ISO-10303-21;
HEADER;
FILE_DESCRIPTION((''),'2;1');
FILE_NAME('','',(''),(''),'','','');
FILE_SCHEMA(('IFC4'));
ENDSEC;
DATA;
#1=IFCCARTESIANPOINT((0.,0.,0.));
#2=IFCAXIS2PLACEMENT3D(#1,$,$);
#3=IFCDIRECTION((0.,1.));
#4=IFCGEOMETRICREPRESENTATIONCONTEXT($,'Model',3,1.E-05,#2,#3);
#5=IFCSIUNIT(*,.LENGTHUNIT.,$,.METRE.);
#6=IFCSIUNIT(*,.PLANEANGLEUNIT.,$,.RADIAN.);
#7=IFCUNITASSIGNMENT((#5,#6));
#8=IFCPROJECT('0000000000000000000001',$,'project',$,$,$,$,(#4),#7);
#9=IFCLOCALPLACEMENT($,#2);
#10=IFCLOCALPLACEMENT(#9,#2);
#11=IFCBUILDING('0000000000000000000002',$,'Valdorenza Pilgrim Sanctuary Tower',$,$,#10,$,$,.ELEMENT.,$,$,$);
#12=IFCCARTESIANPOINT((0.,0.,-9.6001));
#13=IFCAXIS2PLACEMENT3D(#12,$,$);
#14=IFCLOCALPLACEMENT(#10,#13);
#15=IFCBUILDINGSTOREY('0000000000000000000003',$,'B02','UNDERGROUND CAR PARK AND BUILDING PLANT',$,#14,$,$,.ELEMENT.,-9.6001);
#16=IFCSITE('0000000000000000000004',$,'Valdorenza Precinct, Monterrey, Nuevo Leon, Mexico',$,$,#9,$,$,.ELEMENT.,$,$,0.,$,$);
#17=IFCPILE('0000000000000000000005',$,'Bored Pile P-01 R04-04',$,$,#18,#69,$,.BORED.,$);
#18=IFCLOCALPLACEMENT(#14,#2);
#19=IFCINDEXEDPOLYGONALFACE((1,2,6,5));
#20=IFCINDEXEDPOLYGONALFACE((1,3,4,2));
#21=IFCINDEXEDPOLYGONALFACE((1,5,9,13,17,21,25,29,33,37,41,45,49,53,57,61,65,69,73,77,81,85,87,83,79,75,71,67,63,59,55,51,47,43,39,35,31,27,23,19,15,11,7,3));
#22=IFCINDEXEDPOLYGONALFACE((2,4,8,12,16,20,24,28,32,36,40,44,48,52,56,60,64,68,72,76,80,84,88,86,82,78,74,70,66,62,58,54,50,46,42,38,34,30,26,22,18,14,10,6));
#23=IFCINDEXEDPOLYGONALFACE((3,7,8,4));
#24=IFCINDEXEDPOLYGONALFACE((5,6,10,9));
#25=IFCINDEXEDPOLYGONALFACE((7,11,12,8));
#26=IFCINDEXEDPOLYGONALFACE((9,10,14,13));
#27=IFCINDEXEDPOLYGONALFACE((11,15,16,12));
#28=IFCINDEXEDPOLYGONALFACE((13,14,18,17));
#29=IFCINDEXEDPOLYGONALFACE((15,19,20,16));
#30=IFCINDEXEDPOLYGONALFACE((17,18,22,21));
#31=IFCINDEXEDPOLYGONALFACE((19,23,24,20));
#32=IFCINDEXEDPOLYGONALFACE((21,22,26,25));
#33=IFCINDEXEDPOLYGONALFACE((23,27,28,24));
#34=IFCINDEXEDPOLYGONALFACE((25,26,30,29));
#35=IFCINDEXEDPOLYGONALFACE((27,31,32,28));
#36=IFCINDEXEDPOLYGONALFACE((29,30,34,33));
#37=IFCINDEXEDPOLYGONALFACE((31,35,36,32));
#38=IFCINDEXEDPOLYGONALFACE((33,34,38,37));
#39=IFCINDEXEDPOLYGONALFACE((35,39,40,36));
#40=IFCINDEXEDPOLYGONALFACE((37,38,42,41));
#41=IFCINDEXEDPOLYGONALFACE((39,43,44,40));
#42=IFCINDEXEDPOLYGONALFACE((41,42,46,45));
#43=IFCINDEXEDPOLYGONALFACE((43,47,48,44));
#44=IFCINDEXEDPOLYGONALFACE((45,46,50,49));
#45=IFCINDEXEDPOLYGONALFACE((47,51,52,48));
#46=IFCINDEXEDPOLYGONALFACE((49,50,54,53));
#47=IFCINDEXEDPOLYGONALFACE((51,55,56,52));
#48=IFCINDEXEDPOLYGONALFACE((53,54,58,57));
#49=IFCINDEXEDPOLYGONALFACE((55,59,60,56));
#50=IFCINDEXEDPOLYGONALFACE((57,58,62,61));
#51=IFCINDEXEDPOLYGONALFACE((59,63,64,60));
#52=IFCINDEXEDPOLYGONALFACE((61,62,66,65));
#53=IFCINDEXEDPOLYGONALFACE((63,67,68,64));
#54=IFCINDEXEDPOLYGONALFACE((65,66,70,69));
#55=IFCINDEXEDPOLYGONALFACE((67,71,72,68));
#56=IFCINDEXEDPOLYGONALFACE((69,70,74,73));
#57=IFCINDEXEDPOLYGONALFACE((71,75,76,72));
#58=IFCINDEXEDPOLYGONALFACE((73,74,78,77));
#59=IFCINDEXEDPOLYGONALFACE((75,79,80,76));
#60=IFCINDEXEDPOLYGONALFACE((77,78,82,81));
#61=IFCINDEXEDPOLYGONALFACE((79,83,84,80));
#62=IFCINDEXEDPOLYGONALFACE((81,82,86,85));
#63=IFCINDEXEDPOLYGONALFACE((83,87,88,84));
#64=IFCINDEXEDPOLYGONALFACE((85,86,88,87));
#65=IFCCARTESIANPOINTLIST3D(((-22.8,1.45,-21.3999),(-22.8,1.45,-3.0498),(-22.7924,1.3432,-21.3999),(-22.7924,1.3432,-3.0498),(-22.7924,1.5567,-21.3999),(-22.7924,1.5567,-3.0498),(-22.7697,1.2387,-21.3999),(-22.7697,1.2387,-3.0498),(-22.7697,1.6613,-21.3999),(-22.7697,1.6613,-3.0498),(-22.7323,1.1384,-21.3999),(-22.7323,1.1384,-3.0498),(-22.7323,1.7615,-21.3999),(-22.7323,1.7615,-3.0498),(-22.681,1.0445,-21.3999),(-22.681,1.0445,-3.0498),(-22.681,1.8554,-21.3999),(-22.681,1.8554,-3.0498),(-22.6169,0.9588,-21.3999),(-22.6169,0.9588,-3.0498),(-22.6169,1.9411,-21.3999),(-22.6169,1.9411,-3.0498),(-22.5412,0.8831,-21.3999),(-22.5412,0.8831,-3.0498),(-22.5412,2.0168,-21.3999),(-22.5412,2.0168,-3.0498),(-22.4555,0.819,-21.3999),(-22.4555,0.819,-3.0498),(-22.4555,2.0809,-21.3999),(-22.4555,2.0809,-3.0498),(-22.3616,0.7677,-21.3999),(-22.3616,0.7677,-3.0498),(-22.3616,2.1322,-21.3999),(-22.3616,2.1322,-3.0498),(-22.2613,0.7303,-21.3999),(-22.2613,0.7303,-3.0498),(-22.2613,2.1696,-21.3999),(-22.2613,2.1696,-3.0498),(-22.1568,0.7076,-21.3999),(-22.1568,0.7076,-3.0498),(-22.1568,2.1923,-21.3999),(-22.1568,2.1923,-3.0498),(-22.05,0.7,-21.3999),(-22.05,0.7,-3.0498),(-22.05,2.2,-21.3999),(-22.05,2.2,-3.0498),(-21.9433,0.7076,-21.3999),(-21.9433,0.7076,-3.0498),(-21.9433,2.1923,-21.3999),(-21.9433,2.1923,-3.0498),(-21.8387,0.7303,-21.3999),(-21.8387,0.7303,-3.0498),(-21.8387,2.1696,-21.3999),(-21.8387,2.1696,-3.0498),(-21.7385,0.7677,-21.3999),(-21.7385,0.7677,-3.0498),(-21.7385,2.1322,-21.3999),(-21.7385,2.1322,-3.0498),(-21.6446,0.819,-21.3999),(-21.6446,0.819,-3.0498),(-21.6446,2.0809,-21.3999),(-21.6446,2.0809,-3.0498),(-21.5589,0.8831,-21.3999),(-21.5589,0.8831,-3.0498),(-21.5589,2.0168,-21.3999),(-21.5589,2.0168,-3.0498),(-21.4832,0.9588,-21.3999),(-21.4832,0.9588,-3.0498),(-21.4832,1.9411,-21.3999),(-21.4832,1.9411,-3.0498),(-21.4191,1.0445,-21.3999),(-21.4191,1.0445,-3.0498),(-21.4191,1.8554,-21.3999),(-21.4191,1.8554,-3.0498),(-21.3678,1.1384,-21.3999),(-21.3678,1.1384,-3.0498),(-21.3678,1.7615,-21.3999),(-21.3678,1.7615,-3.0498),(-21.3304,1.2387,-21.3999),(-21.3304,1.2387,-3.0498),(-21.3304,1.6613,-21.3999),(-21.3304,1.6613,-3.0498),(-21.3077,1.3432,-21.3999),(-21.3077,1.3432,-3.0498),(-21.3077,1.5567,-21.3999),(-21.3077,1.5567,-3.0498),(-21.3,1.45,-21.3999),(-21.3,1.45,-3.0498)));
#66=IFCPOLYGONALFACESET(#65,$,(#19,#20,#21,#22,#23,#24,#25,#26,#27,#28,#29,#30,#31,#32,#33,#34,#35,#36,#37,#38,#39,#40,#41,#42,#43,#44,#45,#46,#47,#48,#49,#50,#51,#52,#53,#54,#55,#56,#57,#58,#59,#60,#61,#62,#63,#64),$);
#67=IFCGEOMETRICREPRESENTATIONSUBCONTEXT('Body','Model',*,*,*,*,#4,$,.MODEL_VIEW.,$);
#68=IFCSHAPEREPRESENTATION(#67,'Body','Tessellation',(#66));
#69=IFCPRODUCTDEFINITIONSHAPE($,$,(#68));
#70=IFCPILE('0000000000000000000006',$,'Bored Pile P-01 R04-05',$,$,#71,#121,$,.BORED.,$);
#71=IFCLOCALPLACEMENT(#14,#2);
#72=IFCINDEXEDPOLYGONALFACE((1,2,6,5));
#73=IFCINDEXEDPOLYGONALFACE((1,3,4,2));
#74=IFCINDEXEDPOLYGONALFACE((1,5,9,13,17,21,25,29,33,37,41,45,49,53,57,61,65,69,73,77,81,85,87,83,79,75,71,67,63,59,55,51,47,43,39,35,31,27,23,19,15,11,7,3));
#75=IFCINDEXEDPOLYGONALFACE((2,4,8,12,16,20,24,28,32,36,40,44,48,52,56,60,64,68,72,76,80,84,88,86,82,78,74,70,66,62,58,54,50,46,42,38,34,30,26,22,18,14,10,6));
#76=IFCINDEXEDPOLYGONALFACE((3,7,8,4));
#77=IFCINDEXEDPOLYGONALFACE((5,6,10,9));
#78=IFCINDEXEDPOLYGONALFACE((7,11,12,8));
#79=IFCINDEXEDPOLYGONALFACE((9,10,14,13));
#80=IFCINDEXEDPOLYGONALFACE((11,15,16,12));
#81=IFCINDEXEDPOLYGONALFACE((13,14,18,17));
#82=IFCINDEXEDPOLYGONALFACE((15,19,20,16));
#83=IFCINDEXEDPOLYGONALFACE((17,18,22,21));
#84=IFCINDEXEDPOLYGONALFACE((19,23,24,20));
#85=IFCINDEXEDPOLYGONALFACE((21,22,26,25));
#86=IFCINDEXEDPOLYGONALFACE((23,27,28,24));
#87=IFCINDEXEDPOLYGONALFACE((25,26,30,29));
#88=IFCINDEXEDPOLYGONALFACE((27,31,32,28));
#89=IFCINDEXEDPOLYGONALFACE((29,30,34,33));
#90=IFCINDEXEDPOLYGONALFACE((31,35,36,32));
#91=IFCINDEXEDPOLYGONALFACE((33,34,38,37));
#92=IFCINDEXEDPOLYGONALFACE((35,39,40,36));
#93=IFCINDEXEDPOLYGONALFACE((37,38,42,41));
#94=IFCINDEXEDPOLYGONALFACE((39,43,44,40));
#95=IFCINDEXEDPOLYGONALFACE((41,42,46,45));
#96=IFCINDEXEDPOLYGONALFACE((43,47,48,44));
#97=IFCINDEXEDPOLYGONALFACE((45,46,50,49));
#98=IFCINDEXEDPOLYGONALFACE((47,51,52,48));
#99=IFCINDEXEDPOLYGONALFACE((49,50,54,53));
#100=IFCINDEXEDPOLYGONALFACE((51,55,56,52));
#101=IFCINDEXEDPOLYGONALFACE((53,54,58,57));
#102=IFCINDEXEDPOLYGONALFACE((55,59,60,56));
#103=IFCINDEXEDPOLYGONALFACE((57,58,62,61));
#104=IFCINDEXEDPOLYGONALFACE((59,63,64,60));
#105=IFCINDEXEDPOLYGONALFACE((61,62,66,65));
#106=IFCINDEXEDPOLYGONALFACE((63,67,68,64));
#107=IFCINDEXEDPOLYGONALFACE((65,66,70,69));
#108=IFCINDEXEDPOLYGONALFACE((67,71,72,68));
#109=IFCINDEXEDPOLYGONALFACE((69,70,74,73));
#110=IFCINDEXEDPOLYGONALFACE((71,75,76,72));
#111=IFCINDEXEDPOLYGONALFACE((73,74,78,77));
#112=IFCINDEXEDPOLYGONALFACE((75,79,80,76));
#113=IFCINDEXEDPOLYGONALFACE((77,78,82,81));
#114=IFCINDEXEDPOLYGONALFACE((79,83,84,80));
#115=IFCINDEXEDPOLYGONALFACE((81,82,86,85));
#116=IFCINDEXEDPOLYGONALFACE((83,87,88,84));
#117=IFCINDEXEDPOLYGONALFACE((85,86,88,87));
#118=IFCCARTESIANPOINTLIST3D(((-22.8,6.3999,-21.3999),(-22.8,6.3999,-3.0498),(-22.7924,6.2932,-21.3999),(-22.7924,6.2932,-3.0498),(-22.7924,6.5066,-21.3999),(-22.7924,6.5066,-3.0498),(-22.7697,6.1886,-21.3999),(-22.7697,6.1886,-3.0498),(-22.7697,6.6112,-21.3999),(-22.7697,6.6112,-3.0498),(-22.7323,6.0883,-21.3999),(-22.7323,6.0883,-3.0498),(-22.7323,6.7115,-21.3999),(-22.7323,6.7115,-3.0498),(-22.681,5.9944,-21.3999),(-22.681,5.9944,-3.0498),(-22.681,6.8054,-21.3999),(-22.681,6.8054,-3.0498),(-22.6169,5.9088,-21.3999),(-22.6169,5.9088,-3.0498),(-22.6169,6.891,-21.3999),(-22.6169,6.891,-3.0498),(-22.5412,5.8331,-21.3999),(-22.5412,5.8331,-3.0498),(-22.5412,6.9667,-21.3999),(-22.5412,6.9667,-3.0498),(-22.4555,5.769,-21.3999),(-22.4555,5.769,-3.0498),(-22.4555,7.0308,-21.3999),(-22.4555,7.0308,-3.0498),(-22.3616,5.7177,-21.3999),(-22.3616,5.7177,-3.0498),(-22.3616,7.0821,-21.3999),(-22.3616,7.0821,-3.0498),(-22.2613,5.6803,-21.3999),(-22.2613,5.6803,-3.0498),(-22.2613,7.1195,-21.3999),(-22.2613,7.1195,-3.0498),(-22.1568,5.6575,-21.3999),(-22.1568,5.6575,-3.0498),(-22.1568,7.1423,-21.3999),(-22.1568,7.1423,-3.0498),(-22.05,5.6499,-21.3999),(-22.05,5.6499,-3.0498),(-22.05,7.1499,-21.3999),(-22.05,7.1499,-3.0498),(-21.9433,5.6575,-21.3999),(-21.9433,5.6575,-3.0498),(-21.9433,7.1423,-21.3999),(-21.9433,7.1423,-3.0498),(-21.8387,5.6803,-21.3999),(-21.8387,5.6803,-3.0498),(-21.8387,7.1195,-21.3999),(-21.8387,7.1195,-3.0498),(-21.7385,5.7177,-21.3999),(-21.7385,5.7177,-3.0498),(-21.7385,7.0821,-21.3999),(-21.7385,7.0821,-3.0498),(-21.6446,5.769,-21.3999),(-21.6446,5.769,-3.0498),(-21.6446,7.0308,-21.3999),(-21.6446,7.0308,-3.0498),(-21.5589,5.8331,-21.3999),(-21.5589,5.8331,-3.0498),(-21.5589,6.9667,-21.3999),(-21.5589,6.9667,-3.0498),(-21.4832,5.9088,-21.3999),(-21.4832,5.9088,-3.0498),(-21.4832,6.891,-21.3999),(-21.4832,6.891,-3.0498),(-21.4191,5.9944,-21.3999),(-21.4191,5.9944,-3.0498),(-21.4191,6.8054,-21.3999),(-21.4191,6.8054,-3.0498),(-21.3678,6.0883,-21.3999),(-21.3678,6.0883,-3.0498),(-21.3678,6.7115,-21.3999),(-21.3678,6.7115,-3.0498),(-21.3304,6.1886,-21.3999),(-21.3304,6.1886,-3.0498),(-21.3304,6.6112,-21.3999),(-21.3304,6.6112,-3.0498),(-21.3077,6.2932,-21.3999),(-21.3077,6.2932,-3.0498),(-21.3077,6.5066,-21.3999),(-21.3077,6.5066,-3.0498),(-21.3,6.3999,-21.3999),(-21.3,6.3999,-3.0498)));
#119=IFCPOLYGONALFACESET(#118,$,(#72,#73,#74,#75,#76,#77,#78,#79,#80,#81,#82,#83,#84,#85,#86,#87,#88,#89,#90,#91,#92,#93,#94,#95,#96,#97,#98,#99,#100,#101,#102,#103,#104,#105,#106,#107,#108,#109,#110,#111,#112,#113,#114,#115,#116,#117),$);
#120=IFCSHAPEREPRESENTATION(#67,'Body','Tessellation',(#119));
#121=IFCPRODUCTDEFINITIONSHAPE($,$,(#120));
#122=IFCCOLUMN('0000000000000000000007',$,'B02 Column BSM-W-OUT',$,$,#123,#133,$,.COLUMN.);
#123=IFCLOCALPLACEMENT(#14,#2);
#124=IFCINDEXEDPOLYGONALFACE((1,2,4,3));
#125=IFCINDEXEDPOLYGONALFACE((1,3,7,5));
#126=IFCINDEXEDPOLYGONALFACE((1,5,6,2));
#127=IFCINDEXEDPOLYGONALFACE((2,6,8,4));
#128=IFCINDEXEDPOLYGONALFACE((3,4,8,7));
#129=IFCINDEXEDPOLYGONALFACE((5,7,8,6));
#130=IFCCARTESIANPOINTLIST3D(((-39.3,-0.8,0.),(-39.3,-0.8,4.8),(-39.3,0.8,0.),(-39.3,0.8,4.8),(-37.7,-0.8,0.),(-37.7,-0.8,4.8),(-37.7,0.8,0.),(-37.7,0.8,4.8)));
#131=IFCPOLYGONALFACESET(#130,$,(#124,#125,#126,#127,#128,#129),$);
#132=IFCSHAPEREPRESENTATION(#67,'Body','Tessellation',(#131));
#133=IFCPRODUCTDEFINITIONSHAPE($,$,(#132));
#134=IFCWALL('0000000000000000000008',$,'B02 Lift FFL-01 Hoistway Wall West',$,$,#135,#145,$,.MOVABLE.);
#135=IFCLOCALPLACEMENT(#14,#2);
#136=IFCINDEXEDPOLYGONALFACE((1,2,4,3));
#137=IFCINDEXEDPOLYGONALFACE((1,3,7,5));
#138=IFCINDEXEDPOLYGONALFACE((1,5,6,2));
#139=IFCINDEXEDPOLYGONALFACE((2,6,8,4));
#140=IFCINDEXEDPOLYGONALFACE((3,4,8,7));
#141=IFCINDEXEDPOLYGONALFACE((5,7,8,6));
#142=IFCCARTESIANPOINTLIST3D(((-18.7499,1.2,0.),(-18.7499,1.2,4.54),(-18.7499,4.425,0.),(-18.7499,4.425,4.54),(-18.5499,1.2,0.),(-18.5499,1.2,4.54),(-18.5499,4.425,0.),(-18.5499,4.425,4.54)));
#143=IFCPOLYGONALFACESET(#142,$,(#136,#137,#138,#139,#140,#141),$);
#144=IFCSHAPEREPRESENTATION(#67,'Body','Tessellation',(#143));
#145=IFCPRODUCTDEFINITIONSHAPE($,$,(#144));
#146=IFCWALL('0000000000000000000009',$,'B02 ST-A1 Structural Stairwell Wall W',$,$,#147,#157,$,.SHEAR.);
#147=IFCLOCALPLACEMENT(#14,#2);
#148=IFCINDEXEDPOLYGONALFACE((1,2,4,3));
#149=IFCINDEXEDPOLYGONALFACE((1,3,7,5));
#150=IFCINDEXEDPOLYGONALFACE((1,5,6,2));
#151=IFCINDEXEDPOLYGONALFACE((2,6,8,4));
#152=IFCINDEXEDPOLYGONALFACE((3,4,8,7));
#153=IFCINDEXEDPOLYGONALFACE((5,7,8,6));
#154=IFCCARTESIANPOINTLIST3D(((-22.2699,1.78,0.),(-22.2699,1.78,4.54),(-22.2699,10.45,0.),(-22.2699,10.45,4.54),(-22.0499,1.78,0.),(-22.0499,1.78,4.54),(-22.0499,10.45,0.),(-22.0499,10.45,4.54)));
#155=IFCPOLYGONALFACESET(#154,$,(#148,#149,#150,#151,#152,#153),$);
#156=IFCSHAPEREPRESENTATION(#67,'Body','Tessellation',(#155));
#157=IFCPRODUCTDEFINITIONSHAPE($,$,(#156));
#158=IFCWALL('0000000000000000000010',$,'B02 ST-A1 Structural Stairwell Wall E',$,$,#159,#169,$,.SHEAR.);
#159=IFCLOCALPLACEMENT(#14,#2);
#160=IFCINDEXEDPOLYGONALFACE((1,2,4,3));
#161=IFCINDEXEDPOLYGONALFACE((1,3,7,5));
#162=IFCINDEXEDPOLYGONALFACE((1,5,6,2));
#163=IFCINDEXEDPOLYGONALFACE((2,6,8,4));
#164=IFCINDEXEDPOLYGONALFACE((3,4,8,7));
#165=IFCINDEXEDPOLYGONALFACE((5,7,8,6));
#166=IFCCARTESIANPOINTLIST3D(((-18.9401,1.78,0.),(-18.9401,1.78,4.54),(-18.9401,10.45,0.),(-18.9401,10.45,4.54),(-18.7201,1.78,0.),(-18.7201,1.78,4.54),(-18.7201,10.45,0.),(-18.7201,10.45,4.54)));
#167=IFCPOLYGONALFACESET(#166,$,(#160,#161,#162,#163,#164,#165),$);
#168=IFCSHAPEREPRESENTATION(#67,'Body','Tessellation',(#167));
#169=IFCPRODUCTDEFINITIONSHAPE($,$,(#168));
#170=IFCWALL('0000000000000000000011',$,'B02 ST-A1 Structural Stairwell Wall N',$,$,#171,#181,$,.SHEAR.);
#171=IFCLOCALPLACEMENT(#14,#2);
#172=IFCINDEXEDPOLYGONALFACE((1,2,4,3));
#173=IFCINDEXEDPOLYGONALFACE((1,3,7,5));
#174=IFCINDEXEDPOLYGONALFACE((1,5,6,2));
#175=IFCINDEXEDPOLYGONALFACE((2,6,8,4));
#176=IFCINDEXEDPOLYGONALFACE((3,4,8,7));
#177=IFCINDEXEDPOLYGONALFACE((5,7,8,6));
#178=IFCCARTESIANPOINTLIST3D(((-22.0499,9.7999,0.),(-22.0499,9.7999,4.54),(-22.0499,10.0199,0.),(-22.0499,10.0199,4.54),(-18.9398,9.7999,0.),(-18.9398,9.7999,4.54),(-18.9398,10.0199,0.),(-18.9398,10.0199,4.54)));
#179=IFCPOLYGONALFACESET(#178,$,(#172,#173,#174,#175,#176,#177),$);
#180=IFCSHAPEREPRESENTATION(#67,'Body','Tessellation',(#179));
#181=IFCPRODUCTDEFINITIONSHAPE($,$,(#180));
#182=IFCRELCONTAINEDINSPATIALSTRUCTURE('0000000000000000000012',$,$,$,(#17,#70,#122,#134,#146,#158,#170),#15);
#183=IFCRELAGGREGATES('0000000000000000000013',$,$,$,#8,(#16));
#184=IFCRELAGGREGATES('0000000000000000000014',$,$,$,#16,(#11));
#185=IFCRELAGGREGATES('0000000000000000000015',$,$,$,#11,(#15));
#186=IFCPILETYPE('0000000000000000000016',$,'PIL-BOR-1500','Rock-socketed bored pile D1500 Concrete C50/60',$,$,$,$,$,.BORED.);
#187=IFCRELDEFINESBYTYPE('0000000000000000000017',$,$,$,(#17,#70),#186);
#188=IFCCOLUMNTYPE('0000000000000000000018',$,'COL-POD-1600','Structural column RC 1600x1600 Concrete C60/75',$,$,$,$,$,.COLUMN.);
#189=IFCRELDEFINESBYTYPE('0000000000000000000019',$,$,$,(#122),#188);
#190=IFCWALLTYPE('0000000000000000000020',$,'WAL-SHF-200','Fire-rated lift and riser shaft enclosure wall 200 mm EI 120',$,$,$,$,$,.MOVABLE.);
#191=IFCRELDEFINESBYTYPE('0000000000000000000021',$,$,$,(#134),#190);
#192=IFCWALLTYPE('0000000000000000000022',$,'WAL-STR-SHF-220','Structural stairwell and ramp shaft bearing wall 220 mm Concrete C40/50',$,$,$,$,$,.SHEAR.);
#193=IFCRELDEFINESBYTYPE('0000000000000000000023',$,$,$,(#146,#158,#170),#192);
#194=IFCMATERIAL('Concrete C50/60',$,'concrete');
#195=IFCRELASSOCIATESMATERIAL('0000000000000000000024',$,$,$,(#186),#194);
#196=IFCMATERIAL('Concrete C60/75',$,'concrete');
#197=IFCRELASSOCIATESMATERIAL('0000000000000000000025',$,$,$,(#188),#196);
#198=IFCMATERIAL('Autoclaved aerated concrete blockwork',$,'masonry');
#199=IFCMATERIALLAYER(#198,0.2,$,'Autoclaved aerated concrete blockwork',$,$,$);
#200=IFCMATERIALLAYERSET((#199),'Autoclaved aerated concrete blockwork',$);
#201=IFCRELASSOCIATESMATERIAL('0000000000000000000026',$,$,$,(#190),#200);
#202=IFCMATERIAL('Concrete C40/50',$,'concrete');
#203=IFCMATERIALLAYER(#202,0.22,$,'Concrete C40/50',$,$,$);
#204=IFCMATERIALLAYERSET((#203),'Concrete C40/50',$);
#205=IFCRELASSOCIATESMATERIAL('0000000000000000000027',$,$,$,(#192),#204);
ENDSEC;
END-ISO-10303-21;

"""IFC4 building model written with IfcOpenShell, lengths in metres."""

from ifc_helpers import new_model, si_unit, direction, frame, frame_2d, origin, origin_2d, place, context, subcontext, project, spatial, rectangle, circle, extrude, source, transform, mapped, material, layer, layer_set, material_profile, profile_set, type_object, element, save


model = new_model("IFC4")

# Units and contexts
model_context = context("Model", 3, precision=1e-05, world=origin(), true_north=direction((0.0, 1.0)))
body_context = subcontext(model_context, "Body", "Model", "MODEL_VIEW")
ifc_project = project(units=[si_unit("LENGTHUNIT", "METRE"), si_unit("PLANEANGLEUNIT", "RADIAN")], contexts=[model_context])

# Site, building, storey
site_placement = place(None, origin())
site = spatial("IfcSite", under=ifc_project, at=site_placement, Name="Valdorenza Precinct, Monterrey, Nuevo Leon, Mexico", CompositionType="ELEMENT", RefElevation=0.0)
building_placement = place(site_placement, origin())
building = spatial("IfcBuilding", under=site, at=building_placement, Name="Valdorenza Pilgrim Sanctuary Tower", CompositionType="ELEMENT")
storey_placement = place(building_placement, frame((0.0, 0.0, -9.6001)))
storey = spatial("IfcBuildingStorey", under=building, at=storey_placement, Name="B02", Description="UNDERGROUND CAR PARK AND BUILDING PLANT", CompositionType="ELEMENT", Elevation=-9.6001)

# Piles
ifc_material_1 = material(Name="Concrete C50/60", Category="concrete")
ifc_material_profile_1 = material_profile(ifc_material_1, circle(Radius=0.75, at=origin_2d()), Name="BORED PILE 1500")
ifc_profile_set_1 = profile_set([ifc_material_profile_1], Name="Concrete C50/60")
pile_type = type_object("IfcPileType", Name="PIL-BOR-1500", Description="Rock-socketed bored pile D1500 Concrete C50/60", PredefinedType="BORED", material=ifc_profile_set_1)
shared_shape_1 = source(origin(), body_context, "Body", "SweptSolid", [
    extrude(circle(Radius=0.75, at=origin_2d()), origin(), (0.0, 0.0, 1.0), 18.3501),
])
for number, where, z_axis, x_axis, name in (
    (1, (-22.05, 1.45, -3.0498), (0.0, 0.0, -1.0), (1.0, 0.0, 0.0), "Bored Pile P-01 R04-04"),
    (2, (-22.05, 6.3999, -3.0498), (0.0, 0.0, -1.0), (1.0, 0.0, 0.0), "Bored Pile P-01 R04-05"),
):
    element("IfcPile", number, at=place(storey_placement, frame(where, z_axis=z_axis, x_axis=x_axis)), inside=storey, type_object=pile_type, Name=name, PredefinedType="BORED", context=body_context, shape_type="MappedRepresentation", body=[
        mapped(shared_shape_1, transform((0.0, 0.0, 0.0), x_axis=(1.0, 0.0, 0.0), y_axis=(0.0, 1.0, 0.0), z_axis=(0.0, 0.0, 1.0), scale=1.0)),
    ])

# Column
ifc_material_2 = material(Name="Concrete C60/75", Category="concrete")
ifc_material_profile_2 = material_profile(ifc_material_2, rectangle(XDim=1.6001, YDim=1.6001, at=origin_2d()), Name="RC 1600x1600")
ifc_profile_set_2 = profile_set([ifc_material_profile_2], Name="Concrete C60/75")
column_type = type_object("IfcColumnType", Name="COL-POD-1600", Description="Structural column RC 1600x1600 Concrete C60/75", PredefinedType="COLUMN", material=ifc_profile_set_2)
shared_shape_2 = source(origin(), body_context, "Body", "SweptSolid", [
    extrude(rectangle(XDim=1.6001, YDim=1.6001, at=origin_2d()), origin(), (0.0, 0.0, 1.0), 4.8),
])
column_placement = place(storey_placement, frame((-38.5, 0.0, 0.0), z_axis=(0.0, 0.0, 1.0), x_axis=(1.0, 0.0, 0.0)))
element("IfcColumn", 3, at=column_placement, inside=storey, type_object=column_type, Name="B02 Column BSM-W-OUT", PredefinedType="COLUMN", context=body_context, shape_type="MappedRepresentation", body=[
    mapped(shared_shape_2, transform((0.0, 0.0, 0.0), x_axis=(1.0, 0.0, 0.0), y_axis=(0.0, 1.0, 0.0), z_axis=(0.0, 0.0, 1.0), scale=1.0)),
])

# Walls
ifc_material_3 = material(Name="Autoclaved aerated concrete blockwork", Category="masonry")
ifc_layer_1 = layer(ifc_material_3, 0.2, Name="Autoclaved aerated concrete blockwork")
ifc_layer_set_1 = layer_set([ifc_layer_1], Name="Autoclaved aerated concrete blockwork")
wall_type_1 = type_object("IfcWallType", Name="WAL-SHF-200", Description="Fire-rated lift and riser shaft enclosure wall 200 mm EI 120", PredefinedType="MOVABLE", material=ifc_layer_set_1)
wall_1_placement = place(storey_placement, frame((-18.6499, 1.2, 0.0), z_axis=(0.0, 0.0, 1.0), x_axis=(0.0, 1.0, 0.0)))
element("IfcWall", 4, at=wall_1_placement, inside=storey, type_object=wall_type_1, Name="B02 Lift FFL-01 Hoistway Wall West", PredefinedType="MOVABLE", context=body_context, shape_type="SweptSolid", body=[
    extrude(rectangle(XDim=3.2251, YDim=0.2, at=frame_2d((1.6125, 0.0))), origin(), (0.0, 0.0, 1.0), 4.54),
])
ifc_material_4 = material(Name="Concrete C40/50", Category="concrete")
ifc_layer_2 = layer(ifc_material_4, 0.22, Name="Concrete C40/50")
ifc_layer_set_2 = layer_set([ifc_layer_2], Name="Concrete C40/50")
wall_type_2 = type_object("IfcWallType", Name="WAL-STR-SHF-220", Description="Structural stairwell and ramp shaft bearing wall 220 mm Concrete C40/50", PredefinedType="SHEAR", material=ifc_layer_set_2)
for number, where, z_axis, x_axis, name in (
    (5, (-22.1599, 1.78, 0.0), (0.0, 0.0, 1.0), (0.0, 1.0, 0.0), "B02 ST-A1 Structural Stairwell Wall W"),
    (6, (-18.8301, 1.78, 0.0), (0.0, 0.0, 1.0), (0.0, 1.0, 0.0), "B02 ST-A1 Structural Stairwell Wall E"),
):
    element("IfcWall", number, at=place(storey_placement, frame(where, z_axis=z_axis, x_axis=x_axis)), inside=storey, type_object=wall_type_2, Name=name, PredefinedType="SHEAR", context=body_context, shape_type="SweptSolid", body=[
        extrude(rectangle(XDim=8.6699, YDim=0.22, at=frame_2d((4.335, 0.0))), origin(), (0.0, 0.0, 1.0), 4.54),
    ])

# Wall
wall_2_placement = place(storey_placement, frame((-22.05, 9.9099, 0.0), z_axis=(0.0, 0.0, 1.0), x_axis=(1.0, 0.0, 0.0)))
element("IfcWall", 7, at=wall_2_placement, inside=storey, type_object=wall_type_2, Name="B02 ST-A1 Structural Stairwell Wall N", PredefinedType="SHEAR", context=body_context, shape_type="SweptSolid", body=[
    extrude(rectangle(XDim=3.1101, YDim=0.22, at=frame_2d((1.5552, 0.0))), origin(), (0.0, 0.0, 1.0), 4.54),
])

save(model, "model.ifc")
